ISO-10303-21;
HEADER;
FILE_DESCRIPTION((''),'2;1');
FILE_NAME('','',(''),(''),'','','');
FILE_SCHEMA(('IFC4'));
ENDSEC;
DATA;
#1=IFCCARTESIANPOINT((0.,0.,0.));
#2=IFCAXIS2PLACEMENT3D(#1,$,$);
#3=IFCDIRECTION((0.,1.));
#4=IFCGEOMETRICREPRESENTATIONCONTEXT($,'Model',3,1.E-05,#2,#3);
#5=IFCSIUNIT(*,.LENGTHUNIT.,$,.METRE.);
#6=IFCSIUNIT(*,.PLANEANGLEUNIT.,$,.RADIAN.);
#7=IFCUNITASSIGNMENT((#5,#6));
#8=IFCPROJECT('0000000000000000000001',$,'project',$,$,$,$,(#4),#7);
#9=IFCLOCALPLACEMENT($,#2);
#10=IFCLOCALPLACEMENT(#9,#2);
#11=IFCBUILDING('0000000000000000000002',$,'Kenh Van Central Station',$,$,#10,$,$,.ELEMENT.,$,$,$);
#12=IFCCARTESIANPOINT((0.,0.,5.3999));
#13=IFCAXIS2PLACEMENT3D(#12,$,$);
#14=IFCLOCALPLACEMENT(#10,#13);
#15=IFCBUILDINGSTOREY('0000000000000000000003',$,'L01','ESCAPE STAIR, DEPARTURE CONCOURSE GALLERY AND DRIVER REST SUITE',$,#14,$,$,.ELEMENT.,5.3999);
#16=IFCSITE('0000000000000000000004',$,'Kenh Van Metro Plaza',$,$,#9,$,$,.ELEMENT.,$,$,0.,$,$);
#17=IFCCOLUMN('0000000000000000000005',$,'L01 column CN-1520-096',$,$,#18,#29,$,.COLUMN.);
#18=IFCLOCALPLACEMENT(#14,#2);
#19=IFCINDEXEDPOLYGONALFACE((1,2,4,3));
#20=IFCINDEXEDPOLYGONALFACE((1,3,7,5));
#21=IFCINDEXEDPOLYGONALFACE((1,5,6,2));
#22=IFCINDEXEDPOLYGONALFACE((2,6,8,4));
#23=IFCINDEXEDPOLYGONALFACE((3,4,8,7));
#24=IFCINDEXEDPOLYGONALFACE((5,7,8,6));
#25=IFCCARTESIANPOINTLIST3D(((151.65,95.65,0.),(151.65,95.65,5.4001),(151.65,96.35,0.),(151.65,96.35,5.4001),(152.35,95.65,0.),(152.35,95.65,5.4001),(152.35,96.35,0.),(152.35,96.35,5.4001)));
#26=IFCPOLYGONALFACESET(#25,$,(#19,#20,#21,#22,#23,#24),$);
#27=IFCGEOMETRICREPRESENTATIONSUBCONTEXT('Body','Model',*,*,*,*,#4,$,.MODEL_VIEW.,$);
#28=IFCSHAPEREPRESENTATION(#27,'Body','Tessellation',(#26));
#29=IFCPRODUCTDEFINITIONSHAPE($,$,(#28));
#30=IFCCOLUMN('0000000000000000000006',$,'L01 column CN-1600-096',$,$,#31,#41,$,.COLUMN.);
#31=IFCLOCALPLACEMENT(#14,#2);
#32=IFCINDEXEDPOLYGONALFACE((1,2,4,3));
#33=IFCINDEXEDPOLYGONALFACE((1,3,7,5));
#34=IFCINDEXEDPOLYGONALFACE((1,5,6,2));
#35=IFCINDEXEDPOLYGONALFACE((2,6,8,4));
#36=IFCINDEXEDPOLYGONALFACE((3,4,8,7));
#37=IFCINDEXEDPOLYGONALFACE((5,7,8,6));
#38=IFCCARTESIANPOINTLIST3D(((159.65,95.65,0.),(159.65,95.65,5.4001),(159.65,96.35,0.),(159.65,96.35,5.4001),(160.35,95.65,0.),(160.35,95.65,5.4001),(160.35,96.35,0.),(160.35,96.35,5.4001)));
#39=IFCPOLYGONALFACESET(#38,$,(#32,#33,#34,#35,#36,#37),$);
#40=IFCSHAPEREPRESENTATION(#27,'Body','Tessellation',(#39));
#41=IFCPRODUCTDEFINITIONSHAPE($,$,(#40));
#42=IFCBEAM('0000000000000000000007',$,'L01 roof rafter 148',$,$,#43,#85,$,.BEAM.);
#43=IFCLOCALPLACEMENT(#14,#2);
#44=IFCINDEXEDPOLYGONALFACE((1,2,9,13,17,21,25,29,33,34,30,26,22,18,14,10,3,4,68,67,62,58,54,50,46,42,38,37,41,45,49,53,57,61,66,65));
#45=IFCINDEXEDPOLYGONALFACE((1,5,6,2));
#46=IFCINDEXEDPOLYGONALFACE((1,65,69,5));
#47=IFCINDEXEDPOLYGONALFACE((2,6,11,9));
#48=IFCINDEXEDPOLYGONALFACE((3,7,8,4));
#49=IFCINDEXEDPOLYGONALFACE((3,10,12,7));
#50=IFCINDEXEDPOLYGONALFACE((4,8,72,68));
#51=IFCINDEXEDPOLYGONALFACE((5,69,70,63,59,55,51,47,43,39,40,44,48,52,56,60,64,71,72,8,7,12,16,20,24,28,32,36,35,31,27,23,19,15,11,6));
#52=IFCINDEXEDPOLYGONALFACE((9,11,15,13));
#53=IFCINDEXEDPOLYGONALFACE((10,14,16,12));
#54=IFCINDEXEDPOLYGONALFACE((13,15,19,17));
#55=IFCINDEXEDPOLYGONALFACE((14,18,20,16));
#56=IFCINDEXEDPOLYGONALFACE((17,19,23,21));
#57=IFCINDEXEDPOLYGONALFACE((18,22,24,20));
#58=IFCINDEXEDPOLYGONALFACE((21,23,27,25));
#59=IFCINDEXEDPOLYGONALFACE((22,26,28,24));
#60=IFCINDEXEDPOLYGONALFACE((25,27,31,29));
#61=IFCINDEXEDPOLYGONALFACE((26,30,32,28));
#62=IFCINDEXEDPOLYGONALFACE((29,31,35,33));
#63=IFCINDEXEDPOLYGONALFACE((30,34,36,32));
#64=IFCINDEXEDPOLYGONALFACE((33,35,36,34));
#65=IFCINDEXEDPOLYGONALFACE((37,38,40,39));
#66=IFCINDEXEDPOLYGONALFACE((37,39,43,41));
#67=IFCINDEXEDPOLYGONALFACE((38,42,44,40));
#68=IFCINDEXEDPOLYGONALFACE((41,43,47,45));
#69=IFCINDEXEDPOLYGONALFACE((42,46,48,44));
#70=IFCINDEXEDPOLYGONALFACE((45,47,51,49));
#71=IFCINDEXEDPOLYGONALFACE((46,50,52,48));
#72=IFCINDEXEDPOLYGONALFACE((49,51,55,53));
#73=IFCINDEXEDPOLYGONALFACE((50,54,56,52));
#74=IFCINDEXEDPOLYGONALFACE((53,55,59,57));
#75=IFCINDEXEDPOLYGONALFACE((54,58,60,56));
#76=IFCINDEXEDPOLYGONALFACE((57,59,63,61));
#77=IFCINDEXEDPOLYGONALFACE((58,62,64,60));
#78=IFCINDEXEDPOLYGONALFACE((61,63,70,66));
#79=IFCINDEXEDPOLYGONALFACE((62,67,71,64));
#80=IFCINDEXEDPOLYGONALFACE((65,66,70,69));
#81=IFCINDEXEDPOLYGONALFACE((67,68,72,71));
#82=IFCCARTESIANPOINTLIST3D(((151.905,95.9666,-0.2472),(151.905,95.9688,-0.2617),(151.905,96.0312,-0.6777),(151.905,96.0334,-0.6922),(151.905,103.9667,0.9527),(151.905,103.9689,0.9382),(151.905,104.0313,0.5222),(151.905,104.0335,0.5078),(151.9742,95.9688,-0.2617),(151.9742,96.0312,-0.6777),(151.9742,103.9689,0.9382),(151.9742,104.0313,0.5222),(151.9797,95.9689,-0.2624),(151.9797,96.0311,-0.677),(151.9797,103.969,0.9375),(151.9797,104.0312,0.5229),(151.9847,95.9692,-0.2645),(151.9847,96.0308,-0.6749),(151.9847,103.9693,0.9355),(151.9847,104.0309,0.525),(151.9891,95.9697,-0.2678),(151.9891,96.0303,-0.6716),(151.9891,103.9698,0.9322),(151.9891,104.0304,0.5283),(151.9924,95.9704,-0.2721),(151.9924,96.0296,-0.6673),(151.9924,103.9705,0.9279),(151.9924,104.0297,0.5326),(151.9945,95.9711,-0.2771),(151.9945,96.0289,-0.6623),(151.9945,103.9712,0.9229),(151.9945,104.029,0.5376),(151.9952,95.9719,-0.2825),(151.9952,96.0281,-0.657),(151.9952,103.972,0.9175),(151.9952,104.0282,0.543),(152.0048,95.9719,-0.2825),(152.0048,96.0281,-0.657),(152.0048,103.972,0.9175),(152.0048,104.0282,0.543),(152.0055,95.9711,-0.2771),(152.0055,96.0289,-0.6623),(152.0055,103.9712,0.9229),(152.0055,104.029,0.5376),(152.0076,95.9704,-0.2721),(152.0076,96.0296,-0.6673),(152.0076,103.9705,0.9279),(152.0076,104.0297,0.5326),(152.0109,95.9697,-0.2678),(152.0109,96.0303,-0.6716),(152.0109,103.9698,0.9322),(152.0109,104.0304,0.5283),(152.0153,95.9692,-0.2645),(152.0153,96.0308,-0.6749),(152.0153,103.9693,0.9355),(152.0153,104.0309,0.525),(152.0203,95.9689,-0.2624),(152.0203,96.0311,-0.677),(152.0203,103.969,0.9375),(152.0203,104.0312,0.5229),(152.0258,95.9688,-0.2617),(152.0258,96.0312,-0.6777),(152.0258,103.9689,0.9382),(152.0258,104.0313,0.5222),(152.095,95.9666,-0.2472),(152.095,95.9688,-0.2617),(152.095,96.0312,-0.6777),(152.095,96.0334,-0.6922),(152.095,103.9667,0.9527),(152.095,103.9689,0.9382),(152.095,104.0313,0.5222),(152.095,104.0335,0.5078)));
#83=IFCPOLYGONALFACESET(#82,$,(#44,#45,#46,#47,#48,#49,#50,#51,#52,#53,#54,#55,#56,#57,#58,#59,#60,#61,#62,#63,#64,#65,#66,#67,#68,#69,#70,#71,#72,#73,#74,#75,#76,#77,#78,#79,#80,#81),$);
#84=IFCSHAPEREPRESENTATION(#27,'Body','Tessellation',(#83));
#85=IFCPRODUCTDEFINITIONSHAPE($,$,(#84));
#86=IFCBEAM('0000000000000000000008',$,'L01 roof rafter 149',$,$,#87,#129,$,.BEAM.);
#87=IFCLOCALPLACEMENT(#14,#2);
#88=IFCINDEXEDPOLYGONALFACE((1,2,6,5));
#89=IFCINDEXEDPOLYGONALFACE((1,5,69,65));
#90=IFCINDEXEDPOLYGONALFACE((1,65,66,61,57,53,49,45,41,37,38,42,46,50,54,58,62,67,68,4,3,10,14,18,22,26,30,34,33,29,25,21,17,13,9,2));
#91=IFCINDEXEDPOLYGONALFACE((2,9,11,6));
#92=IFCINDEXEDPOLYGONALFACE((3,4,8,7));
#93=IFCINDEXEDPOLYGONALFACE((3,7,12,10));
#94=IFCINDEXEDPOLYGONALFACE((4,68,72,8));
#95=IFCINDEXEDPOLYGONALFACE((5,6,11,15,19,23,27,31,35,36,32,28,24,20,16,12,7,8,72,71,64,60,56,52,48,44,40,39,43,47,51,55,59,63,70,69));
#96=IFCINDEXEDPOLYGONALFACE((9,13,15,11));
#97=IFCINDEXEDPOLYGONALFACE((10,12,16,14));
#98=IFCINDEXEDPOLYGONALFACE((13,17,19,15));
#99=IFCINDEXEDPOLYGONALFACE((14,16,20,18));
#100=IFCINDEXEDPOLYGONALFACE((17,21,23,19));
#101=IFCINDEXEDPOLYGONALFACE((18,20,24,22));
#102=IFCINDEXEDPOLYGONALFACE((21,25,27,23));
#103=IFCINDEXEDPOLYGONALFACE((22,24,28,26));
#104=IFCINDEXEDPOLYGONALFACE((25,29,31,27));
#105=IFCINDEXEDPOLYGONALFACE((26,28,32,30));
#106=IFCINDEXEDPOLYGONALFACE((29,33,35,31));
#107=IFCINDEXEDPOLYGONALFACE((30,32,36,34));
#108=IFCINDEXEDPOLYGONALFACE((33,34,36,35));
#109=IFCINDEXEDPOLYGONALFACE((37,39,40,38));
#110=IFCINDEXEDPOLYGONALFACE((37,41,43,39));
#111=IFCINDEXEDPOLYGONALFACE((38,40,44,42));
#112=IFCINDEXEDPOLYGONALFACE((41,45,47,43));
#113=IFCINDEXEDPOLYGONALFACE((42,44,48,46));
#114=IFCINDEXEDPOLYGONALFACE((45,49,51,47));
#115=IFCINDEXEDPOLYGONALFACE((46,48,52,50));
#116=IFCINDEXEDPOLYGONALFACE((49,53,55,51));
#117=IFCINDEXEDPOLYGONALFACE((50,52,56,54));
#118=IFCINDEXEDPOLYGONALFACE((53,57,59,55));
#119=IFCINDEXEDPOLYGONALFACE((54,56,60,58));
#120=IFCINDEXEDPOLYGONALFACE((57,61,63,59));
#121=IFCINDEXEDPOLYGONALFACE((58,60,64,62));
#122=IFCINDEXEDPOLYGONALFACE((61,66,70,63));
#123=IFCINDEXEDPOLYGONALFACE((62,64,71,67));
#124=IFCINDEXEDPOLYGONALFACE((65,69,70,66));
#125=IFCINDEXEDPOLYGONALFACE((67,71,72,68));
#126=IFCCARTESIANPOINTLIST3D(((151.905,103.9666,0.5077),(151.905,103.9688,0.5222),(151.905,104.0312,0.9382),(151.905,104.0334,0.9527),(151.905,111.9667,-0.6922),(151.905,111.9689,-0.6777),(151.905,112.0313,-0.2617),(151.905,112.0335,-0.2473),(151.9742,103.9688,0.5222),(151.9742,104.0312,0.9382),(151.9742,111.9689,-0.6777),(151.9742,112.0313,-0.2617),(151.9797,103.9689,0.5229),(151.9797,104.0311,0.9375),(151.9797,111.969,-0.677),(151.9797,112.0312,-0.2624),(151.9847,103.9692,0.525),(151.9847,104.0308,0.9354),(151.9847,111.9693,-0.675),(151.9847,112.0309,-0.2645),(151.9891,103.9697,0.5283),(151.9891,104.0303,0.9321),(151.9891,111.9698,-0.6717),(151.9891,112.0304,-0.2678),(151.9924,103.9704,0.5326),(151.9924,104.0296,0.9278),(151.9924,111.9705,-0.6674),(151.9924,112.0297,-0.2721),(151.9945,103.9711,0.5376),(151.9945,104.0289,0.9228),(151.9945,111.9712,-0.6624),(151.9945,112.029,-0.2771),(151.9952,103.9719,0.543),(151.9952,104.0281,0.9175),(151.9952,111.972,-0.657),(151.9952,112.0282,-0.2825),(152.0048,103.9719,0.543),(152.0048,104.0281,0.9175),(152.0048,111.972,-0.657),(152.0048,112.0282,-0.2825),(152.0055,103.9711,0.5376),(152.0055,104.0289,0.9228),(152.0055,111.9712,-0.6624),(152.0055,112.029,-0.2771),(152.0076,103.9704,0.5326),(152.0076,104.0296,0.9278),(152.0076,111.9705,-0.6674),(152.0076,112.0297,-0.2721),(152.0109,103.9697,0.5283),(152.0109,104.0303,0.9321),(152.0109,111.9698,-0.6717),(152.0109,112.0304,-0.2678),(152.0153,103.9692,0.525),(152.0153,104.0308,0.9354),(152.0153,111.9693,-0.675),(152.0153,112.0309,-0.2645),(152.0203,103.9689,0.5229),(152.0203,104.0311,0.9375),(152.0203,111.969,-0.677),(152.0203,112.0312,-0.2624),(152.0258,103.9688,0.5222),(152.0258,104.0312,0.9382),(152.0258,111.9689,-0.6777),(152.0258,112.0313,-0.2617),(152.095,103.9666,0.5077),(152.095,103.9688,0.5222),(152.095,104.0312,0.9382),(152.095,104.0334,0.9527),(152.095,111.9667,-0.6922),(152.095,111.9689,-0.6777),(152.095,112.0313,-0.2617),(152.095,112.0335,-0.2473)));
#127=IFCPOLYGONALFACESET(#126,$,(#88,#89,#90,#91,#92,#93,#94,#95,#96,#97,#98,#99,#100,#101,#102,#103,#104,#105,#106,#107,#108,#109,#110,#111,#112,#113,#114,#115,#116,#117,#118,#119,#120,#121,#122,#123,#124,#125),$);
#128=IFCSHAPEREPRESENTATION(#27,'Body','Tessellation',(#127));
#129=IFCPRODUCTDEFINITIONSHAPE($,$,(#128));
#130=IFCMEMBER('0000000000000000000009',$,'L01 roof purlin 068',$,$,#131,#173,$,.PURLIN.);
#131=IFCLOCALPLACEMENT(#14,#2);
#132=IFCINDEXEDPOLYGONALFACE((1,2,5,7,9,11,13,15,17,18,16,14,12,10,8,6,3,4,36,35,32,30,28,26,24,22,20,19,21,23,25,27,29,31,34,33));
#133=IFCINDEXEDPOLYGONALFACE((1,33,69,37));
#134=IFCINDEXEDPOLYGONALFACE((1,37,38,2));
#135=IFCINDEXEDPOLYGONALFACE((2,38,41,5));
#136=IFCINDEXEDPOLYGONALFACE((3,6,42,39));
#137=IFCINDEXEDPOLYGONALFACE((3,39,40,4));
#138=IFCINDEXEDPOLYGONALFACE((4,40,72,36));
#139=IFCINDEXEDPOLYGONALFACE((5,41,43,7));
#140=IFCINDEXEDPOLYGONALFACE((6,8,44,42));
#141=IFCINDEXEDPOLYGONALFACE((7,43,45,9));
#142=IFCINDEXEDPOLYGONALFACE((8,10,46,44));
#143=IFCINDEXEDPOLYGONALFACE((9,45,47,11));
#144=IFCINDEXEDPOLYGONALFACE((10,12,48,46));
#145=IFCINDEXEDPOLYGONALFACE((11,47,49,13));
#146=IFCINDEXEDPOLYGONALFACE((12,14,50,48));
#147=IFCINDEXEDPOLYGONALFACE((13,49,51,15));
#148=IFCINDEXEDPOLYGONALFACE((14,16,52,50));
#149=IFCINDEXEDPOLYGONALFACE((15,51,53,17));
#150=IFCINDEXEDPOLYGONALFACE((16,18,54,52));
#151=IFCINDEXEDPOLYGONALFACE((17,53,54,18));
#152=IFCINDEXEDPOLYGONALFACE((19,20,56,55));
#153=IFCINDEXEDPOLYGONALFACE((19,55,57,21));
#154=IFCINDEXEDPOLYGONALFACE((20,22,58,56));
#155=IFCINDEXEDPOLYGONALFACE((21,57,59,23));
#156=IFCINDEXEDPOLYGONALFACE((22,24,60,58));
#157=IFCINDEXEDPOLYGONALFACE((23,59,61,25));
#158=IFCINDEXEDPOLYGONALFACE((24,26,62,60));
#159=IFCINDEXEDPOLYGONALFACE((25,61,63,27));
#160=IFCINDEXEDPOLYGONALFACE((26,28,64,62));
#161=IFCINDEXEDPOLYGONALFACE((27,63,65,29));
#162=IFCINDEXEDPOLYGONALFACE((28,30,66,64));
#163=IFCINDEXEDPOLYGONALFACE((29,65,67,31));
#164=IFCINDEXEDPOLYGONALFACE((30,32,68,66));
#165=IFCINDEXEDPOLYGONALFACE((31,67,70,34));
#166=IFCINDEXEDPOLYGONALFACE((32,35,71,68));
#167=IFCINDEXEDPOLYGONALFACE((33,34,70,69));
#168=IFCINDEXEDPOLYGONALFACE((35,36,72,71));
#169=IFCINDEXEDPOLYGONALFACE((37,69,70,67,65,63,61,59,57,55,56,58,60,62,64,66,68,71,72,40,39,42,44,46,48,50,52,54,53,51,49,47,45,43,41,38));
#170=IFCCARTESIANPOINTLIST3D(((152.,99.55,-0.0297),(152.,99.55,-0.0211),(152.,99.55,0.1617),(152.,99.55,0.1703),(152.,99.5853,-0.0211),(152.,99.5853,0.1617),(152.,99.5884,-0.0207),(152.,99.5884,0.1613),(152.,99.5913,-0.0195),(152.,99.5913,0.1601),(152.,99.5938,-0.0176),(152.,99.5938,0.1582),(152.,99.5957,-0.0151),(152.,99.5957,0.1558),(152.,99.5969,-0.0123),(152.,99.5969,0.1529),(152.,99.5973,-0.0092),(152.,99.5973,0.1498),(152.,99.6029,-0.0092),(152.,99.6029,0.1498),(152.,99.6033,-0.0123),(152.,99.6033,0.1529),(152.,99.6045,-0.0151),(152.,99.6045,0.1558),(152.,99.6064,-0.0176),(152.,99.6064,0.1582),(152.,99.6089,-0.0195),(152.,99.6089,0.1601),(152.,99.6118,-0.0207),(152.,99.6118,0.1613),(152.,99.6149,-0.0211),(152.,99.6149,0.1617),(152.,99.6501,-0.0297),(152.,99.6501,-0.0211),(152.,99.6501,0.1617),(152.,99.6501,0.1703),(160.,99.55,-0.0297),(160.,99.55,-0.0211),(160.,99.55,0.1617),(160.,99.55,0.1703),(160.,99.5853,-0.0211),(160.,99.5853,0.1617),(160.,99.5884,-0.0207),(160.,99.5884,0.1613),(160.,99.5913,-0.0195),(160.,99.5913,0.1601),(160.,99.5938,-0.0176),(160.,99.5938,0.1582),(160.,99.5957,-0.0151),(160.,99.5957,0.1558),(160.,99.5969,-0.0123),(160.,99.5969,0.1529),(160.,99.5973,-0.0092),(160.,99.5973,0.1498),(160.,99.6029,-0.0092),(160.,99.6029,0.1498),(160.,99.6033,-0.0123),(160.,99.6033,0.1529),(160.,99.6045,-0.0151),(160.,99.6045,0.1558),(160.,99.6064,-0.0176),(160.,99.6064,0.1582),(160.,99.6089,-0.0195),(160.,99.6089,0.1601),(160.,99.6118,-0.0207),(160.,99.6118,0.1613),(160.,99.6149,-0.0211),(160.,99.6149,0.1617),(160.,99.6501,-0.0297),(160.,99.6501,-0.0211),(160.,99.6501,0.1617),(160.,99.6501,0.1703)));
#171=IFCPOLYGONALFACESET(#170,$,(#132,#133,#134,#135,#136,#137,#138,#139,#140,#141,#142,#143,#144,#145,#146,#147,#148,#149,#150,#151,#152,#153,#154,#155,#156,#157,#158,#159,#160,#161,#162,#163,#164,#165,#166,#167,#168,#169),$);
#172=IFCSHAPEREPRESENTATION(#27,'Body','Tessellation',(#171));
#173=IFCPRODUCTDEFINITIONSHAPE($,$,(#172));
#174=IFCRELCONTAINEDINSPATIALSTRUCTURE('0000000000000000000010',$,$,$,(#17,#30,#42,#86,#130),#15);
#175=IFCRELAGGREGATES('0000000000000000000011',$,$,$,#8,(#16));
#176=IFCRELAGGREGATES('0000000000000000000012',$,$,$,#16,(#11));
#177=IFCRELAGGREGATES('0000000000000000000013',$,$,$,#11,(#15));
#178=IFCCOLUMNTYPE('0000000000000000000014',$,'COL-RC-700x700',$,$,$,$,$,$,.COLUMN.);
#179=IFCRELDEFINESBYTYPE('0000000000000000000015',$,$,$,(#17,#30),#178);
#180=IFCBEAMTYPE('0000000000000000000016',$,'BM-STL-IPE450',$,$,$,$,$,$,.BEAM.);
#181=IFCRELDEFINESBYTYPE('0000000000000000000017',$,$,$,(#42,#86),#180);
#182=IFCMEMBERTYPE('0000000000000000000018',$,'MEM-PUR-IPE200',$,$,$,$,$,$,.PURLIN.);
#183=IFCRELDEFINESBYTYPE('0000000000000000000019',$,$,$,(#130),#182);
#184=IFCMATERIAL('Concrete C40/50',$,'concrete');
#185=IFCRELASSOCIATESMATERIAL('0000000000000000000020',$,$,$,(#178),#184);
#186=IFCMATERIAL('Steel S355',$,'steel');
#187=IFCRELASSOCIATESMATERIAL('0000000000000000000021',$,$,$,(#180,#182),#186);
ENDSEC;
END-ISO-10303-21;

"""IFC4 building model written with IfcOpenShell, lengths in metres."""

from ifc_helpers import new_model, si_unit, direction, frame, origin, origin_2d, place, context, subcontext, project, spatial, rectangle, i_section, extrude, material, material_profile, profile_set, type_object, element, save


model = new_model("IFC4")

# Units and contexts
model_context = context("Model", 3, precision=1e-05, world=origin(), true_north=direction((0.0, 1.0)))
body_context = subcontext(model_context, "Body", "Model", "MODEL_VIEW")
ifc_project = project(units=[si_unit("LENGTHUNIT", "METRE"), si_unit("PLANEANGLEUNIT", "RADIAN")], contexts=[model_context])

# Site, building, storey
site_placement = place(None, origin())
site = spatial("IfcSite", under=ifc_project, at=site_placement, Name="Kenh Van Metro Plaza", CompositionType="ELEMENT", RefElevation=0.0)
building_placement = place(site_placement, origin())
building = spatial("IfcBuilding", under=site, at=building_placement, Name="Kenh Van Central Station", CompositionType="ELEMENT")
storey_placement = place(building_placement, frame((0.0, 0.0, 5.3999)))
storey = spatial("IfcBuildingStorey", under=building, at=storey_placement, Name="L01", Description="ESCAPE STAIR, DEPARTURE CONCOURSE GALLERY AND DRIVER REST SUITE", CompositionType="ELEMENT", Elevation=5.3999)

# Columns
ifc_material_1 = material(Name="Concrete C40/50", Category="concrete")
ifc_material_profile_1 = material_profile(ifc_material_1, rectangle(XDim=0.7, YDim=0.7, at=origin_2d()), Name="RC 700x700")
ifc_profile_set_1 = profile_set([ifc_material_profile_1], Name="Concrete C40/50")
column_type = type_object("IfcColumnType", Name="COL-RC-700x700", PredefinedType="COLUMN", material=ifc_profile_set_1)
for number, where, z_axis, x_axis, name in (
    (1, (152.0, 96.0, 0.0), (0.0, 0.0, 1.0), (1.0, 0.0, 0.0), "L01 column CN-1520-096"),
    (2, (160.0, 96.0, 0.0), (0.0, 0.0, 1.0), (1.0, 0.0, 0.0), "L01 column CN-1600-096"),
):
    element("IfcColumn", number, at=place(storey_placement, frame(where, z_axis=z_axis, x_axis=x_axis)), inside=storey, type_object=column_type, Name=name, PredefinedType="COLUMN", context=body_context, shape_type="SweptSolid", body=[
        extrude(rectangle(XDim=0.7, YDim=0.7, at=origin_2d()), origin(), (0.0, 0.0, 1.0), 5.4001),
    ])

# Beams
ifc_material_2 = material(Name="Steel S355", Category="steel")
ifc_material_profile_2 = material_profile(ifc_material_2, i_section(OverallWidth=0.1899, OverallDepth=0.45, WebThickness=0.0095, FlangeThickness=0.0146, FilletRadius=0.021, at=origin_2d()), Name="IPE 450")
ifc_profile_set_2 = profile_set([ifc_material_profile_2], Name="Steel S355")
beam_type_1 = type_object("IfcBeamType", Name="BM-STL-IPE450", PredefinedType="BEAM", material=ifc_profile_set_2)
for number, where, z_axis, x_axis, name in (
    (3, (152.0, 96.0, -0.4697), (0.0, 0.988937, 0.148335), (-1.0, 0.0, 0.0), "L01 roof rafter 148"),
    (4, (152.0, 104.0, 0.7302), (0.0, 0.988937, -0.148335), (-1.0, 0.0, 0.0), "L01 roof rafter 149"),
):
    element("IfcBeam", number, at=place(storey_placement, frame(where, z_axis=z_axis, x_axis=x_axis)), inside=storey, type_object=beam_type_1, Name=name, PredefinedType="BEAM", context=body_context, shape_type="SweptSolid", body=[
        extrude(i_section(OverallWidth=0.1899, OverallDepth=0.45, WebThickness=0.0095, FlangeThickness=0.0146, FilletRadius=0.021, at=origin_2d()), origin(), (0.0, 0.0, 1.0), 8.0896),
    ])

# Member
ifc_material_profile_3 = material_profile(ifc_material_2, i_section(OverallWidth=0.1001, OverallDepth=0.2, WebThickness=0.0056, FlangeThickness=0.0085, FilletRadius=0.012, at=origin_2d()), Name="IPE 200")
ifc_profile_set_3 = profile_set([ifc_material_profile_3], Name="Steel S355")
member_type_1 = type_object("IfcMemberType", Name="MEM-PUR-IPE200", PredefinedType="PURLIN", material=ifc_profile_set_3)
for number, where, z_axis, x_axis, name in (
    (5, (152.0, 99.6001, 0.0703), (1.0, 0.0, 0.0), (0.0, 1.0, 0.0), "L01 roof purlin 068"),
):
    element("IfcMember", number, at=place(storey_placement, frame(where, z_axis=z_axis, x_axis=x_axis)), inside=storey, type_object=member_type_1, Name=name, PredefinedType="PURLIN", context=body_context, shape_type="SweptSolid", body=[
        extrude(i_section(OverallWidth=0.1001, OverallDepth=0.2, WebThickness=0.0056, FlangeThickness=0.0085, FilletRadius=0.012, at=origin_2d()), origin(), (0.0, 0.0, 1.0), 8.0),
    ])

save(model, "model.ifc")
